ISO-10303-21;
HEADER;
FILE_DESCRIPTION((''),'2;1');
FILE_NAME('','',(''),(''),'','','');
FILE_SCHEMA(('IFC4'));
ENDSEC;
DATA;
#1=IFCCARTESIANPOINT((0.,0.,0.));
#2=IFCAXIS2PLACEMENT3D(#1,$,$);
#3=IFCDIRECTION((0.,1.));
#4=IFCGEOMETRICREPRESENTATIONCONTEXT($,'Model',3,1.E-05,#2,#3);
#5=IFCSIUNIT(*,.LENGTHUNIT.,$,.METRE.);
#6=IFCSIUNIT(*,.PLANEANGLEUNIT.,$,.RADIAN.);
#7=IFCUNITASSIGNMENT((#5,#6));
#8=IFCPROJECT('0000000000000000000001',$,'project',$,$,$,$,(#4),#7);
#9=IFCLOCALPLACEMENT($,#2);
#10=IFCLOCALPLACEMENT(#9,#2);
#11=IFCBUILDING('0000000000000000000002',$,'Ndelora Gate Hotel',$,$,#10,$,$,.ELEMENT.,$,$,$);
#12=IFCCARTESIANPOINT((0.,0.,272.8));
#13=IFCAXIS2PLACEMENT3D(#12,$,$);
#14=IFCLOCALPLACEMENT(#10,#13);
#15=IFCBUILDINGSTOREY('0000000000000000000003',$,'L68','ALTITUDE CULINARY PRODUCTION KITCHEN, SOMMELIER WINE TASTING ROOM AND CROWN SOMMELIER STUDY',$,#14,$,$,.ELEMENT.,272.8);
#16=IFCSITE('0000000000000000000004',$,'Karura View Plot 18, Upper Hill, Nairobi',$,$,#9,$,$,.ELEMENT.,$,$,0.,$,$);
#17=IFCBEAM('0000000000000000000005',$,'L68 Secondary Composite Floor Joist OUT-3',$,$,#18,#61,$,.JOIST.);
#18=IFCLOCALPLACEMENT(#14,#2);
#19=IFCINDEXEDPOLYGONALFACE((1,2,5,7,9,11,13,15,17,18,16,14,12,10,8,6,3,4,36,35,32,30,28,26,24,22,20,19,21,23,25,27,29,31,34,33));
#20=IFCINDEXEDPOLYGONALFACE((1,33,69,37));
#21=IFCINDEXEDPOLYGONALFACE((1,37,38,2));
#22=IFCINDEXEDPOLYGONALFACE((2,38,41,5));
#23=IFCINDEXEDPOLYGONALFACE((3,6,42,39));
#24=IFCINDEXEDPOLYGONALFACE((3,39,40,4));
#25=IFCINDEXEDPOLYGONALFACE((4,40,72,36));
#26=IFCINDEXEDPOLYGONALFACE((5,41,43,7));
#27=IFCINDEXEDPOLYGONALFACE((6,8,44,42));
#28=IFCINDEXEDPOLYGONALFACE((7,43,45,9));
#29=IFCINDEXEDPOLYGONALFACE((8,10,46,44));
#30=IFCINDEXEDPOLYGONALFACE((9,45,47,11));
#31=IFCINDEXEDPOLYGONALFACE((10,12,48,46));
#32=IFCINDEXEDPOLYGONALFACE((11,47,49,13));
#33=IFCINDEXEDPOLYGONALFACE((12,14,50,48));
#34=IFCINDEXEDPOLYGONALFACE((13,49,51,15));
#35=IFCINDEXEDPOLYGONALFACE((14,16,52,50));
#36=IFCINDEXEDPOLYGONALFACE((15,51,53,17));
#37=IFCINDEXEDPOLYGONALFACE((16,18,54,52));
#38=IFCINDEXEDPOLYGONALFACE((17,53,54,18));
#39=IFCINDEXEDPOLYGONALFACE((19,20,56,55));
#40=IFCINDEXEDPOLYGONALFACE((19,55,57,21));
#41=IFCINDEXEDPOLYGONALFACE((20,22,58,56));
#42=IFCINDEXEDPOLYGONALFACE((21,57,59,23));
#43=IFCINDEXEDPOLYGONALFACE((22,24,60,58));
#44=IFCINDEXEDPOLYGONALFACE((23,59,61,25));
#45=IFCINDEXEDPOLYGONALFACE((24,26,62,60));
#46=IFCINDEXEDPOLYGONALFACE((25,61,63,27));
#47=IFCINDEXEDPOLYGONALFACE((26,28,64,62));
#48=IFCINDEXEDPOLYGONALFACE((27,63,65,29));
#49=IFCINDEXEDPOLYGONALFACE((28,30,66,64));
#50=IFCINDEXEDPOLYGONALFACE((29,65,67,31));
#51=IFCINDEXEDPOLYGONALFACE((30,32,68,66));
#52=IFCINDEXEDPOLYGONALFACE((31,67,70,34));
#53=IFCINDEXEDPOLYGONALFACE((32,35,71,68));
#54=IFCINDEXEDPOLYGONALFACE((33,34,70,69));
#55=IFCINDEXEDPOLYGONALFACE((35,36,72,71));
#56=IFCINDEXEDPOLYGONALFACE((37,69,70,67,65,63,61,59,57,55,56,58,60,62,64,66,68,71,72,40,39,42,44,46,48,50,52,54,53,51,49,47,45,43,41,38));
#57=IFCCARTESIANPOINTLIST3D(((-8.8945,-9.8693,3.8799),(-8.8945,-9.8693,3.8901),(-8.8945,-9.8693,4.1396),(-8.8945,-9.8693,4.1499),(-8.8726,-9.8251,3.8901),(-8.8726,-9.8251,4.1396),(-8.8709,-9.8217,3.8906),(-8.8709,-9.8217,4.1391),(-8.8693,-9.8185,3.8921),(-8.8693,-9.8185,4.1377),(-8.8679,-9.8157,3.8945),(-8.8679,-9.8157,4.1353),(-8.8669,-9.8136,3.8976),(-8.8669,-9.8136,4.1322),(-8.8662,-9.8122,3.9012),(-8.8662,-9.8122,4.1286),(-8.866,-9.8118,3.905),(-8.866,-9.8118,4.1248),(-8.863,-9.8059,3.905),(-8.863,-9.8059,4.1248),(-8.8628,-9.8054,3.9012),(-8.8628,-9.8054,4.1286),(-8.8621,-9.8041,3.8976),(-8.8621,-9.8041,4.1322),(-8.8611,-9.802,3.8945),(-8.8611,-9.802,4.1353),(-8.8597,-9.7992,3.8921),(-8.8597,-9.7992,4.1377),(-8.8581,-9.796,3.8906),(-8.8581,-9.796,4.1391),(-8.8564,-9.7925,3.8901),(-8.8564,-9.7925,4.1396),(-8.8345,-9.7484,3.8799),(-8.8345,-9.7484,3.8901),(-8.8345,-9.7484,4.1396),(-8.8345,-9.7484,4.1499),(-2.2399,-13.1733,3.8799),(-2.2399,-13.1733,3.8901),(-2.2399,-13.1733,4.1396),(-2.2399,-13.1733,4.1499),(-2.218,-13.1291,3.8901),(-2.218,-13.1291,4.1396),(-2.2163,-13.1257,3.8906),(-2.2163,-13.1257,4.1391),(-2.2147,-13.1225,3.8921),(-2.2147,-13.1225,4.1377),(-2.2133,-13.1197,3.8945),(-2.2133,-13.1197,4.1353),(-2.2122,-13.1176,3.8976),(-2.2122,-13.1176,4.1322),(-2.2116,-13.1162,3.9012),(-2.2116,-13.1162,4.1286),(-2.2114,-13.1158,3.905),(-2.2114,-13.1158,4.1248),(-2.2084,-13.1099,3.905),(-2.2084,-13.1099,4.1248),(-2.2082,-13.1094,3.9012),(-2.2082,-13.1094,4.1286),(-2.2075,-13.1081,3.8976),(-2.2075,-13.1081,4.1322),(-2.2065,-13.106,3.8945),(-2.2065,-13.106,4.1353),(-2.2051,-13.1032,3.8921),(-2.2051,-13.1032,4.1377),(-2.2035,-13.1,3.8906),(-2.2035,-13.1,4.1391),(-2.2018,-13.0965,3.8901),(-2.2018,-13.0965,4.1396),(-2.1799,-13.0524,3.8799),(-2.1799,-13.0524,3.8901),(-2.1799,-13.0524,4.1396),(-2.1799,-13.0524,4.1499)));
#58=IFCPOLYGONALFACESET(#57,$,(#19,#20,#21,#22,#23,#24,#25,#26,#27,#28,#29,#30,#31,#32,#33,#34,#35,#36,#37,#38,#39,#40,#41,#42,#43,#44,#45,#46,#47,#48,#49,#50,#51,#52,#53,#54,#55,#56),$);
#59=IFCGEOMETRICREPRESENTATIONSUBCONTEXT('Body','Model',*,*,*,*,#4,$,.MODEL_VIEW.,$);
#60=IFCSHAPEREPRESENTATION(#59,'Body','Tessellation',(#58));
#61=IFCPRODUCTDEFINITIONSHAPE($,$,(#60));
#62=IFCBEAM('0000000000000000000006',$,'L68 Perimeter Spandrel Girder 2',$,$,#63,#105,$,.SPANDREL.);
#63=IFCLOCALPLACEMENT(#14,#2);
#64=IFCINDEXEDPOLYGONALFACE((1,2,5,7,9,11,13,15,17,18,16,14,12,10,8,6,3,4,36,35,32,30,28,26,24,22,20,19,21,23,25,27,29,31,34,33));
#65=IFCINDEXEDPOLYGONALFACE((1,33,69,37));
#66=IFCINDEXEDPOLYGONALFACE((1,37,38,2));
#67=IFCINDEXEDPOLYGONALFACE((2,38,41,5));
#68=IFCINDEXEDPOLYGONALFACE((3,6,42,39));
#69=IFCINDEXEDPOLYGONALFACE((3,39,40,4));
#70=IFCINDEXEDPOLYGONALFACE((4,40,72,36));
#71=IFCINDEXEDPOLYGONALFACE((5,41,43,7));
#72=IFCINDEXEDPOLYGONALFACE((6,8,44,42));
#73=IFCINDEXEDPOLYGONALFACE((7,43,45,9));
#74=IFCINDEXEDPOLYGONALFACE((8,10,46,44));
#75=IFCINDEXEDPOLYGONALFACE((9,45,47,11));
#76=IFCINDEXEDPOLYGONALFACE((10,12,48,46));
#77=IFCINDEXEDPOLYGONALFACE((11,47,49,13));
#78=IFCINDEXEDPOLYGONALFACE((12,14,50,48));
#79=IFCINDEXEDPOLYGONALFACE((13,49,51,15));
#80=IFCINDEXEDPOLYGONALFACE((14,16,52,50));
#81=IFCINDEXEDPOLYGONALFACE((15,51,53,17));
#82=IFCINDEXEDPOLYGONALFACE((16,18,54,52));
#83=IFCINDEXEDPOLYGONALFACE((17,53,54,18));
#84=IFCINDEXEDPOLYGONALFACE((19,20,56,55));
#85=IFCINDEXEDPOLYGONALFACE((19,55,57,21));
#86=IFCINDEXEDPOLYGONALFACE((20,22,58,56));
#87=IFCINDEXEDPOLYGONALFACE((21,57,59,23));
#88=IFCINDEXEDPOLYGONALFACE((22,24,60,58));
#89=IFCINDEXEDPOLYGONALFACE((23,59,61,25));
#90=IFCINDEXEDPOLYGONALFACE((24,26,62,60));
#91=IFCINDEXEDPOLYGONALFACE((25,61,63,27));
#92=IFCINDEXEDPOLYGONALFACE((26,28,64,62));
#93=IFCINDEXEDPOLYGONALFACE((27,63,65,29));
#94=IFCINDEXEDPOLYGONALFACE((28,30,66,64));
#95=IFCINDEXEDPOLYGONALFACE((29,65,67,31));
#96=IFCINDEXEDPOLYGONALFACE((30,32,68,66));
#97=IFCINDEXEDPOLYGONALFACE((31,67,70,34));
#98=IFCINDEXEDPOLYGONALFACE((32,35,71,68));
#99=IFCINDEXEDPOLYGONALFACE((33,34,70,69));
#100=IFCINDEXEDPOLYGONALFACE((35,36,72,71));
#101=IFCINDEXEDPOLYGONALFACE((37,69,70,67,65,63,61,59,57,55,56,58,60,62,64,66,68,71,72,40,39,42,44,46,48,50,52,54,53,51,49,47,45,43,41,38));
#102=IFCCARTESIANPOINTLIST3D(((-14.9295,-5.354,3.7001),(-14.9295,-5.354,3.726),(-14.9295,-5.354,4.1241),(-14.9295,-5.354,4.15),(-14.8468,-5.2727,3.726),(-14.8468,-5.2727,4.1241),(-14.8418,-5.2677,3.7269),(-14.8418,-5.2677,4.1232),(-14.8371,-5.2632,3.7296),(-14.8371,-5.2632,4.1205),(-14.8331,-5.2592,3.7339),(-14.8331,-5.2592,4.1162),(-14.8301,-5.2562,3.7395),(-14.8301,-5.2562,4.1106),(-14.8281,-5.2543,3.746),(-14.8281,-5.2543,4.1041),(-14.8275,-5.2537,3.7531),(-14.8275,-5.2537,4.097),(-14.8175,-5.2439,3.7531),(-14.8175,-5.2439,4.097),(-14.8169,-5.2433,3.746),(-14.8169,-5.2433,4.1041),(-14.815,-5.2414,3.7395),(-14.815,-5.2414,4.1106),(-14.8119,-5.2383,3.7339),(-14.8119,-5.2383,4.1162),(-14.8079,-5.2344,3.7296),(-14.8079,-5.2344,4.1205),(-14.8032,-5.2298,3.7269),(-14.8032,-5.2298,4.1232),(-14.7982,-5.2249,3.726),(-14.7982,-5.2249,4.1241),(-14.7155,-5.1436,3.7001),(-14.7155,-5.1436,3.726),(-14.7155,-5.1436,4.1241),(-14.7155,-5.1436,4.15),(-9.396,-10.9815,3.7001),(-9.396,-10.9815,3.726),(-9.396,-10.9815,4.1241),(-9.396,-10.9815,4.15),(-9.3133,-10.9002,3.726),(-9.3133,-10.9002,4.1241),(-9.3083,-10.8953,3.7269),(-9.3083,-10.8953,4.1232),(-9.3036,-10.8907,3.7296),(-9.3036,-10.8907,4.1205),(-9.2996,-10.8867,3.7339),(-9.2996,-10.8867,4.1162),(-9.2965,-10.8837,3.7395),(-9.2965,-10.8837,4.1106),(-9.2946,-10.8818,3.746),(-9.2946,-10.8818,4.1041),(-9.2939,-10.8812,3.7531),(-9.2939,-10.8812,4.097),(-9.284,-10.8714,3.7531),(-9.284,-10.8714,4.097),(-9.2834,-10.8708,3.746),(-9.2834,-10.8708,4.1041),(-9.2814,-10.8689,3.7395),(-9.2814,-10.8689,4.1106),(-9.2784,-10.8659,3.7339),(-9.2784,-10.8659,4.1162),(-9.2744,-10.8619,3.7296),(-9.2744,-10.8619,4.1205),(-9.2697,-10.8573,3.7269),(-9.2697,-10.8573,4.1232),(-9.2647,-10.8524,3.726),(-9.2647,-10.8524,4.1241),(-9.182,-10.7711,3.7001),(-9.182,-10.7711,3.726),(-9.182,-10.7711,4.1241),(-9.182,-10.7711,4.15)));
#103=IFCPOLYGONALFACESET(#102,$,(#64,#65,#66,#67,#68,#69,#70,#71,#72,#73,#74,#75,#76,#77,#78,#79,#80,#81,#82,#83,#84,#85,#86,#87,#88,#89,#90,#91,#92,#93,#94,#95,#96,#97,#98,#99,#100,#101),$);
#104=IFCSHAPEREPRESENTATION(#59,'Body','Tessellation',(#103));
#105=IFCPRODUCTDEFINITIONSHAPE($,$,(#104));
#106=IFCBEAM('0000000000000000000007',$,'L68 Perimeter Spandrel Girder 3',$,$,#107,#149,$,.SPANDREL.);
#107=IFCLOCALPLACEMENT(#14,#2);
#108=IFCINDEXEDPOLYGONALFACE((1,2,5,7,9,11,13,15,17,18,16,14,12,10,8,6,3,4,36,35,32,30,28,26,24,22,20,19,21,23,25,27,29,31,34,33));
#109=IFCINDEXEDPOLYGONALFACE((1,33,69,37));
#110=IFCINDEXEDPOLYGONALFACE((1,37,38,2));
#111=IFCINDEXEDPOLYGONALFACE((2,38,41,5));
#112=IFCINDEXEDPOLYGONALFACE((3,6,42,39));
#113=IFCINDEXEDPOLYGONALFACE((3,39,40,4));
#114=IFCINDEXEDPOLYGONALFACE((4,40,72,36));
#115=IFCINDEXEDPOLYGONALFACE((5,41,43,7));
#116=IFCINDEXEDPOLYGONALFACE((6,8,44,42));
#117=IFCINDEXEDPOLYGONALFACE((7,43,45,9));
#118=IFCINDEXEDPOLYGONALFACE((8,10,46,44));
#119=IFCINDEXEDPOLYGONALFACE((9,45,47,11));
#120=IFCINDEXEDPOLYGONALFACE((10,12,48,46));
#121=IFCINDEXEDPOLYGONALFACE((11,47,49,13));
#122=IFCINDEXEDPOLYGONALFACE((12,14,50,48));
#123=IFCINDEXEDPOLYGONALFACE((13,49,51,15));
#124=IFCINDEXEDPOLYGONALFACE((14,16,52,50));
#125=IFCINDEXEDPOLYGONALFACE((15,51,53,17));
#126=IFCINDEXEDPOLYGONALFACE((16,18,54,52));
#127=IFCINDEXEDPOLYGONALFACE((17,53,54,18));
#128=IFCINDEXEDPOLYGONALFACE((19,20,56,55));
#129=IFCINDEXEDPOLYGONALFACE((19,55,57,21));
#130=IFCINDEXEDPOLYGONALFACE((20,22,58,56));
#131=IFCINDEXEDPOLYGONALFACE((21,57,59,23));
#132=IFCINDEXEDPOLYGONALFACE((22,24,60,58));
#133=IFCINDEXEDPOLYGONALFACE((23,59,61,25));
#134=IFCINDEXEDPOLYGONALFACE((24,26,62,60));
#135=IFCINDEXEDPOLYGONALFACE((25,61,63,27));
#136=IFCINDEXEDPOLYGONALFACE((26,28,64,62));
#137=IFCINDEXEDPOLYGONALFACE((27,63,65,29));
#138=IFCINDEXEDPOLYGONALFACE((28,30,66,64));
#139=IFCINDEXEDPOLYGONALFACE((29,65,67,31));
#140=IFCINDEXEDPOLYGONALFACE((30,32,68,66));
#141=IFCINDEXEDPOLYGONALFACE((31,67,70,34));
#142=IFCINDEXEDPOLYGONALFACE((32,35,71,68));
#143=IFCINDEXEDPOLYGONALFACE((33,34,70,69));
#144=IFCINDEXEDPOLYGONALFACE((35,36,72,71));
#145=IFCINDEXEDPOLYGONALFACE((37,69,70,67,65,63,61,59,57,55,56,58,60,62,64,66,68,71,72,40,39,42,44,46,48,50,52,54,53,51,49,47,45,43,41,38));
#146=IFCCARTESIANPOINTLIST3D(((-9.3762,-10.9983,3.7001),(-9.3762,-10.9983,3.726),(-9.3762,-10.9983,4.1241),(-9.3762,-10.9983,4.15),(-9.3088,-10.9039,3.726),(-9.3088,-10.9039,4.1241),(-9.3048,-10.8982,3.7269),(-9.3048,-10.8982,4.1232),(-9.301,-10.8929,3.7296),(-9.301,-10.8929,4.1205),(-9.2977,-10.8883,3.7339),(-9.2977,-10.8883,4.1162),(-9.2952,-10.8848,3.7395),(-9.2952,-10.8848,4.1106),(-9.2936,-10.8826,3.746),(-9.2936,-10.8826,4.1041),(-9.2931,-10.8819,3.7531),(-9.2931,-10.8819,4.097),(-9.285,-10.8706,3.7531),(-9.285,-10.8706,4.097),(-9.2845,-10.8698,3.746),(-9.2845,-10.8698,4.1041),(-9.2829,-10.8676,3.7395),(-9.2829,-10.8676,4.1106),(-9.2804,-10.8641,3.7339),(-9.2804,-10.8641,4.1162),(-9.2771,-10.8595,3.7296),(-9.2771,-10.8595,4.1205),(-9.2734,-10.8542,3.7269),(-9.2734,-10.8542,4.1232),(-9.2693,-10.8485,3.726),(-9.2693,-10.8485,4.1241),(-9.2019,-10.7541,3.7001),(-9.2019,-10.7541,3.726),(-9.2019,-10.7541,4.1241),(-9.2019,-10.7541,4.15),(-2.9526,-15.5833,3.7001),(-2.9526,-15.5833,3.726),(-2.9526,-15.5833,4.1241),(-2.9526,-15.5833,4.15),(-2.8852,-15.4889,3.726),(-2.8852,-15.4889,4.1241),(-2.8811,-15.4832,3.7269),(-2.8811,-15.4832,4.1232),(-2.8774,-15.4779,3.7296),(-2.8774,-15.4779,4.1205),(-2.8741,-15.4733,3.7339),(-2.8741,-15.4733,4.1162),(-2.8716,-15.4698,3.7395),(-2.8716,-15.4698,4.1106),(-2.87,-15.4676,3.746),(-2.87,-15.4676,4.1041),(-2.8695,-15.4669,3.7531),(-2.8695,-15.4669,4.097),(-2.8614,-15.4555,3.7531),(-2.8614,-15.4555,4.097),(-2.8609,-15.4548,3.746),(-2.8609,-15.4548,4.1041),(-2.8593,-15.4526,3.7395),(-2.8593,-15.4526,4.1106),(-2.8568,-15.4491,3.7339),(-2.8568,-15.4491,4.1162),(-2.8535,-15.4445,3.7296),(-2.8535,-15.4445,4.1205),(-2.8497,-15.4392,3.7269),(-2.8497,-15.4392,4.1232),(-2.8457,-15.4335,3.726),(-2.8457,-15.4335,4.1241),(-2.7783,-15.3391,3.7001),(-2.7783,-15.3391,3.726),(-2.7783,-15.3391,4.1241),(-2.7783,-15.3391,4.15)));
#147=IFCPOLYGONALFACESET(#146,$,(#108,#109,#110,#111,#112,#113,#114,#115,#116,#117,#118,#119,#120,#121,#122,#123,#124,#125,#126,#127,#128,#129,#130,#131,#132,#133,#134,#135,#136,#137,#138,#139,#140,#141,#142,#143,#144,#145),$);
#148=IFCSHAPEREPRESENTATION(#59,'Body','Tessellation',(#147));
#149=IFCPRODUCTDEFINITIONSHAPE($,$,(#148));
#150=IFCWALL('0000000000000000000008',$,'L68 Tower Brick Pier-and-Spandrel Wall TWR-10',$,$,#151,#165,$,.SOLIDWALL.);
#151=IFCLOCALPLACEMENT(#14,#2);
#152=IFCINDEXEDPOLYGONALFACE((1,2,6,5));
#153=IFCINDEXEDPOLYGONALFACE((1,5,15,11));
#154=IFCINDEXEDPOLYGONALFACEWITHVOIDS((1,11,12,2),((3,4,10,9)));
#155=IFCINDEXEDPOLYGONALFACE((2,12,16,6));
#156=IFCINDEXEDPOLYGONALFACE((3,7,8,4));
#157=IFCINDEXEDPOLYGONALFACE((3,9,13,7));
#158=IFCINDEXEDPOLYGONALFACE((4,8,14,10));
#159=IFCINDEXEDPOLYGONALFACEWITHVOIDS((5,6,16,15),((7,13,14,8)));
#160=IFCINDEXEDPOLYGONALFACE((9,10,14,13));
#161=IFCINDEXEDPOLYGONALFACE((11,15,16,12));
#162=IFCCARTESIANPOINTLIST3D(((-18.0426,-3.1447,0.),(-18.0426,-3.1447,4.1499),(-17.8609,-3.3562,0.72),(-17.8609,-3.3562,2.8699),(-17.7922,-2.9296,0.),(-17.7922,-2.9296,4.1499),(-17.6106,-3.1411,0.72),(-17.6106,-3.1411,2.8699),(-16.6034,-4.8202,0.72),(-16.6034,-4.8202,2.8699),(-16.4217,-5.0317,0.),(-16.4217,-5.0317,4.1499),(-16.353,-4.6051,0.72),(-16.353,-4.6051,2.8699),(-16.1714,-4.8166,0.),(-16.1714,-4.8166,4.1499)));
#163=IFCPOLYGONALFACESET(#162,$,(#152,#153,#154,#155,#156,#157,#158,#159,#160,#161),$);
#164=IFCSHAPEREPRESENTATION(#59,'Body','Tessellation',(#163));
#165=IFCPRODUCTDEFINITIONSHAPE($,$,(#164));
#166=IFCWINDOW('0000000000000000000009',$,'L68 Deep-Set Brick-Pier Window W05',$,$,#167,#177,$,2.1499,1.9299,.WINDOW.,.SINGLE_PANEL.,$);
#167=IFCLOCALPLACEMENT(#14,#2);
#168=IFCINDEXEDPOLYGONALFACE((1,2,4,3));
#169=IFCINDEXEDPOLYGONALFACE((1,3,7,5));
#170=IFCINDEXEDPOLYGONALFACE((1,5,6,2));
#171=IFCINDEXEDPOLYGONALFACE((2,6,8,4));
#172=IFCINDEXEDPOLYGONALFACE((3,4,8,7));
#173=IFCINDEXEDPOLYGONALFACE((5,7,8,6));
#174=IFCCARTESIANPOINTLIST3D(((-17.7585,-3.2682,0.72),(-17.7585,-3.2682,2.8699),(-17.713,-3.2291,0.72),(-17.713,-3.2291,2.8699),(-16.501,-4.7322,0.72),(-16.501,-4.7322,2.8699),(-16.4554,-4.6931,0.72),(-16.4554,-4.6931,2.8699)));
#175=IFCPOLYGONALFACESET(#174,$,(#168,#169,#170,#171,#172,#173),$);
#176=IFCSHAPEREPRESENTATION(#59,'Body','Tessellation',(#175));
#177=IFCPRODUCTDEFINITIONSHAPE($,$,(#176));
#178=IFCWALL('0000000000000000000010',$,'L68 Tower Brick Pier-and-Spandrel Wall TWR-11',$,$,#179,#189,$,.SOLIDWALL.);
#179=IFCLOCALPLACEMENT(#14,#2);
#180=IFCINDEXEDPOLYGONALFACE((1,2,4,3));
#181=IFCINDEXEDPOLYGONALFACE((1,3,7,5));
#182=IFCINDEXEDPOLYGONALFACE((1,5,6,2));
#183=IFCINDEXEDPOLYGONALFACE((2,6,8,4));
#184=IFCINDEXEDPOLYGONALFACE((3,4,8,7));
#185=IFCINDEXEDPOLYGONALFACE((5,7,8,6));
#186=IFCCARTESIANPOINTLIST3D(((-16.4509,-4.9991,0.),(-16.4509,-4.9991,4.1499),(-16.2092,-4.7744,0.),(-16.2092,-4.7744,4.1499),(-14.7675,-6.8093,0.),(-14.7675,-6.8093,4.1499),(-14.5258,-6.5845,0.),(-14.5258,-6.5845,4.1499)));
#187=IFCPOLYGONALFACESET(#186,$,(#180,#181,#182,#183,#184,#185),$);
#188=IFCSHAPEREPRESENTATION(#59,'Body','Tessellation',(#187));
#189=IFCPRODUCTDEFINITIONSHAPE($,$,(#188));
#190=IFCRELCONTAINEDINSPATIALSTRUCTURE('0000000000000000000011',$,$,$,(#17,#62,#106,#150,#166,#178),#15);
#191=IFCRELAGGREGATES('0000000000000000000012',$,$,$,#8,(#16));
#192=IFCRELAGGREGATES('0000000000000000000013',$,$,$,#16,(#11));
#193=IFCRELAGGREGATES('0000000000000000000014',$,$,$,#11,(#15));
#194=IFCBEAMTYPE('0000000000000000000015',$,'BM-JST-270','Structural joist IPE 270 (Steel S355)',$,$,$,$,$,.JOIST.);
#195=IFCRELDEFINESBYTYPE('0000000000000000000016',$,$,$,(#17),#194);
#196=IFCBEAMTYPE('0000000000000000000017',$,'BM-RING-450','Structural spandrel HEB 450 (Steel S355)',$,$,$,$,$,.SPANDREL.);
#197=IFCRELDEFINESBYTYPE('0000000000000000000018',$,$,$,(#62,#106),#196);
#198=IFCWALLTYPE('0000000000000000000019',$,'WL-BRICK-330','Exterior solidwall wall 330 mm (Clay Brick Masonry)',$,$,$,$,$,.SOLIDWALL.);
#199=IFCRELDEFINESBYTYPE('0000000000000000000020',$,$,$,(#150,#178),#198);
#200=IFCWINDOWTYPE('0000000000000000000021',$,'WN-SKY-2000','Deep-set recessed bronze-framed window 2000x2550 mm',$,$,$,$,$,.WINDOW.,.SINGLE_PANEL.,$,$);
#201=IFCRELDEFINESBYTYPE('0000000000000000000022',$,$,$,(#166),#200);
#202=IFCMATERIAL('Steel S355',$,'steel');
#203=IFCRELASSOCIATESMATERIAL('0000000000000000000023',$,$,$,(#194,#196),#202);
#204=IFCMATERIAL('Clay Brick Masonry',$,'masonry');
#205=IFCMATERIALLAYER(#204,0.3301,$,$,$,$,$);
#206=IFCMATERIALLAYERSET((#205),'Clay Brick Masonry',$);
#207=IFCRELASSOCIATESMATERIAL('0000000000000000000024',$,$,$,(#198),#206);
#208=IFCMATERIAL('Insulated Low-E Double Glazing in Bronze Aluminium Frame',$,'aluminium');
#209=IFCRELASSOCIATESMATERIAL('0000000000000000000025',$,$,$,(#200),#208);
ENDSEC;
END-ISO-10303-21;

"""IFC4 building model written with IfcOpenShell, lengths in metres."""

from ifc_helpers import new_model, si_unit, direction, frame, frame_2d, origin, origin_2d, place, context, subcontext, project, spatial, rectangle, i_section, extrude, material, layer, layer_set, material_profile, profile_set, type_object, element, fill, save


model = new_model("IFC4")

# Units and contexts
model_context = context("Model", 3, precision=1e-05, world=origin(), true_north=direction((0.0, 1.0)))
body_context = subcontext(model_context, "Body", "Model", "MODEL_VIEW")
ifc_project = project(units=[si_unit("LENGTHUNIT", "METRE"), si_unit("PLANEANGLEUNIT", "RADIAN")], contexts=[model_context])

# Site, building, storey
site_placement = place(None, origin())
site = spatial("IfcSite", under=ifc_project, at=site_placement, Name="Karura View Plot 18, Upper Hill, Nairobi", CompositionType="ELEMENT", RefElevation=0.0)
building_placement = place(site_placement, origin())
building = spatial("IfcBuilding", under=site, at=building_placement, Name="Ndelora Gate Hotel", CompositionType="ELEMENT")
storey_placement = place(building_placement, frame((0.0, 0.0, 272.8)))
storey = spatial("IfcBuildingStorey", under=building, at=storey_placement, Name="L68", Description="ALTITUDE CULINARY PRODUCTION KITCHEN, SOMMELIER WINE TASTING ROOM AND CROWN SOMMELIER STUDY", CompositionType="ELEMENT", Elevation=272.8)

# Beams
ifc_material_1 = material(Name="Steel S355", Category="steel")
ifc_material_profile_1 = material_profile(ifc_material_1, i_section(OverallWidth=0.135, OverallDepth=0.27, WebThickness=0.0066, FlangeThickness=0.0103, FilletRadius=0.0149, at=origin_2d()), Name="IPE 270")
ifc_profile_set_1 = profile_set([ifc_material_profile_1], Name="Steel S355")
beam_type_1 = type_object("IfcBeamType", Name="BM-JST-270", Description="Structural joist IPE 270 (Steel S355)", PredefinedType="JOIST", material=ifc_profile_set_1)
beam_1_placement = place(storey_placement, frame((-8.8645, -9.8088, 4.0149), z_axis=(0.895679, -0.444701, 0.0), x_axis=(0.444701, 0.895679, 0.0)))
element("IfcBeam", 1, at=beam_1_placement, inside=storey, type_object=beam_type_1, Name="L68 Secondary Composite Floor Joist OUT-3", PredefinedType="JOIST", context=body_context, shape_type="SweptSolid", body=[
    extrude(i_section(OverallWidth=0.135, OverallDepth=0.27, WebThickness=0.0066, FlangeThickness=0.0103, FilletRadius=0.0149, at=origin_2d()), origin(), (0.0, 0.0, 1.0), 7.4297),
])
ifc_material_profile_2 = material_profile(ifc_material_1, i_section(OverallWidth=0.3, OverallDepth=0.45, WebThickness=0.0139, FlangeThickness=0.0259, FilletRadius=0.0271, at=origin_2d()), Name="HEB 450")
ifc_profile_set_2 = profile_set([ifc_material_profile_2], Name="Steel S355")
beam_type_2 = type_object("IfcBeamType", Name="BM-RING-450", Description="Structural spandrel HEB 450 (Steel S355)", PredefinedType="SPANDREL", material=ifc_profile_set_2)
beam_2_placement = place(storey_placement, frame((-14.8225, -5.2488, 3.925), z_axis=(0.701127, -0.713037, 0.0), x_axis=(0.713037, 0.701127, 0.0)))
element("IfcBeam", 2, at=beam_2_placement, inside=storey, type_object=beam_type_2, Name="L68 Perimeter Spandrel Girder 2", PredefinedType="SPANDREL", context=body_context, shape_type="SweptSolid", body=[
    extrude(i_section(OverallWidth=0.3, OverallDepth=0.45, WebThickness=0.0139, FlangeThickness=0.0259, FilletRadius=0.0271, at=origin_2d()), origin(), (0.0, 0.0, 1.0), 7.8923),
])
beam_3_placement = place(storey_placement, frame((-9.2891, -10.8762, 3.925), z_axis=(0.813932, -0.58096, 0.0), x_axis=(0.58096, 0.813932, 0.0)))
element("IfcBeam", 3, at=beam_3_placement, inside=storey, type_object=beam_type_2, Name="L68 Perimeter Spandrel Girder 3", PredefinedType="SPANDREL", context=body_context, shape_type="SweptSolid", body=[
    extrude(i_section(OverallWidth=0.3, OverallDepth=0.45, WebThickness=0.0139, FlangeThickness=0.0259, FilletRadius=0.0271, at=origin_2d()), origin(), (0.0, 0.0, 1.0), 7.8921),
])

# Wall, opening, window
ifc_material_2 = material(Name="Clay Brick Masonry", Category="masonry")
ifc_layer_1 = layer(ifc_material_2, 0.3301)
ifc_layer_set_1 = layer_set([ifc_layer_1], Name="Clay Brick Masonry")
wall_type_1 = type_object("IfcWallType", Name="WL-BRICK-330", Description="Exterior solidwall wall 330 mm (Clay Brick Masonry)", PredefinedType="SOLIDWALL", material=ifc_layer_set_1)
wall_1_placement = place(storey_placement, frame((-16.2966, -4.9241, 0.0), z_axis=(0.0, 0.0, 1.0), x_axis=(-0.651591, 0.75857, 0.0)))
wall_1 = element("IfcWall", 4, at=wall_1_placement, inside=storey, type_object=wall_type_1, Name="L68 Tower Brick Pier-and-Spandrel Wall TWR-10", PredefinedType="SOLIDWALL", context=body_context, shape_type="SweptSolid", body=[
    extrude(rectangle(XDim=2.4875, YDim=0.3301, at=frame_2d((1.2437, 0.0))), origin(), (0.0, 0.0, 1.0), 4.1499),
])
opening_1_placement = place(wall_1_placement, frame((0.2788, 0.0, 0.72)))
opening_1 = element("IfcOpeningElement", 5, at=opening_1_placement, cuts=wall_1, PredefinedType="OPENING", context=body_context, shape_type="SweptSolid", body=[
    extrude(rectangle(XDim=1.9299, YDim=2.1499, at=frame_2d((0.9648, 1.075))), frame((0.0, 0.175, 0.0), z_axis=(0.0, -1.0, 0.0), x_axis=(1.0, 0.0, 0.0)), (0.0, 0.0, 1.0), 0.3501),
])
ifc_material_3 = material(Name="Insulated Low-E Double Glazing in Bronze Aluminium Frame", Category="aluminium")
window_type = type_object("IfcWindowType", Name="WN-SKY-2000", Description="Deep-set recessed bronze-framed window 2000x2550 mm", PartitioningType="SINGLE_PANEL", PredefinedType="WINDOW", material=ifc_material_3)
window_1_placement = place(opening_1_placement, origin())
window_1 = element("IfcWindow", 6, at=window_1_placement, inside=storey, type_object=window_type, Name="L68 Deep-Set Brick-Pier Window W05", OverallHeight=2.1499, OverallWidth=1.9299, PartitioningType="SINGLE_PANEL", PredefinedType="WINDOW", context=body_context, shape_type="SweptSolid", body=[
    extrude(rectangle(XDim=1.9299, YDim=2.1499, at=frame_2d((0.9648, 1.075))), frame((0.0, 0.03, 0.0), z_axis=(0.0, -1.0, 0.0), x_axis=(1.0, 0.0, 0.0)), (0.0, 0.0, 1.0), 0.0601),
])
fill(opening_1, window_1)

# Wall
wall_2_placement = place(storey_placement, frame((-14.6467, -6.6968, 0.0), z_axis=(0.0, 0.0, 1.0), x_axis=(-0.681012, 0.732273, 0.0)))
element("IfcWall", 7, at=wall_2_placement, inside=storey, type_object=wall_type_1, Name="L68 Tower Brick Pier-and-Spandrel Wall TWR-11", PredefinedType="SOLIDWALL", context=body_context, shape_type="SweptSolid", body=[
    extrude(rectangle(XDim=2.4719, YDim=0.3301, at=frame_2d((1.2358, 0.0))), origin(), (0.0, 0.0, 1.0), 4.1499),
])

save(model, "model.ifc")
